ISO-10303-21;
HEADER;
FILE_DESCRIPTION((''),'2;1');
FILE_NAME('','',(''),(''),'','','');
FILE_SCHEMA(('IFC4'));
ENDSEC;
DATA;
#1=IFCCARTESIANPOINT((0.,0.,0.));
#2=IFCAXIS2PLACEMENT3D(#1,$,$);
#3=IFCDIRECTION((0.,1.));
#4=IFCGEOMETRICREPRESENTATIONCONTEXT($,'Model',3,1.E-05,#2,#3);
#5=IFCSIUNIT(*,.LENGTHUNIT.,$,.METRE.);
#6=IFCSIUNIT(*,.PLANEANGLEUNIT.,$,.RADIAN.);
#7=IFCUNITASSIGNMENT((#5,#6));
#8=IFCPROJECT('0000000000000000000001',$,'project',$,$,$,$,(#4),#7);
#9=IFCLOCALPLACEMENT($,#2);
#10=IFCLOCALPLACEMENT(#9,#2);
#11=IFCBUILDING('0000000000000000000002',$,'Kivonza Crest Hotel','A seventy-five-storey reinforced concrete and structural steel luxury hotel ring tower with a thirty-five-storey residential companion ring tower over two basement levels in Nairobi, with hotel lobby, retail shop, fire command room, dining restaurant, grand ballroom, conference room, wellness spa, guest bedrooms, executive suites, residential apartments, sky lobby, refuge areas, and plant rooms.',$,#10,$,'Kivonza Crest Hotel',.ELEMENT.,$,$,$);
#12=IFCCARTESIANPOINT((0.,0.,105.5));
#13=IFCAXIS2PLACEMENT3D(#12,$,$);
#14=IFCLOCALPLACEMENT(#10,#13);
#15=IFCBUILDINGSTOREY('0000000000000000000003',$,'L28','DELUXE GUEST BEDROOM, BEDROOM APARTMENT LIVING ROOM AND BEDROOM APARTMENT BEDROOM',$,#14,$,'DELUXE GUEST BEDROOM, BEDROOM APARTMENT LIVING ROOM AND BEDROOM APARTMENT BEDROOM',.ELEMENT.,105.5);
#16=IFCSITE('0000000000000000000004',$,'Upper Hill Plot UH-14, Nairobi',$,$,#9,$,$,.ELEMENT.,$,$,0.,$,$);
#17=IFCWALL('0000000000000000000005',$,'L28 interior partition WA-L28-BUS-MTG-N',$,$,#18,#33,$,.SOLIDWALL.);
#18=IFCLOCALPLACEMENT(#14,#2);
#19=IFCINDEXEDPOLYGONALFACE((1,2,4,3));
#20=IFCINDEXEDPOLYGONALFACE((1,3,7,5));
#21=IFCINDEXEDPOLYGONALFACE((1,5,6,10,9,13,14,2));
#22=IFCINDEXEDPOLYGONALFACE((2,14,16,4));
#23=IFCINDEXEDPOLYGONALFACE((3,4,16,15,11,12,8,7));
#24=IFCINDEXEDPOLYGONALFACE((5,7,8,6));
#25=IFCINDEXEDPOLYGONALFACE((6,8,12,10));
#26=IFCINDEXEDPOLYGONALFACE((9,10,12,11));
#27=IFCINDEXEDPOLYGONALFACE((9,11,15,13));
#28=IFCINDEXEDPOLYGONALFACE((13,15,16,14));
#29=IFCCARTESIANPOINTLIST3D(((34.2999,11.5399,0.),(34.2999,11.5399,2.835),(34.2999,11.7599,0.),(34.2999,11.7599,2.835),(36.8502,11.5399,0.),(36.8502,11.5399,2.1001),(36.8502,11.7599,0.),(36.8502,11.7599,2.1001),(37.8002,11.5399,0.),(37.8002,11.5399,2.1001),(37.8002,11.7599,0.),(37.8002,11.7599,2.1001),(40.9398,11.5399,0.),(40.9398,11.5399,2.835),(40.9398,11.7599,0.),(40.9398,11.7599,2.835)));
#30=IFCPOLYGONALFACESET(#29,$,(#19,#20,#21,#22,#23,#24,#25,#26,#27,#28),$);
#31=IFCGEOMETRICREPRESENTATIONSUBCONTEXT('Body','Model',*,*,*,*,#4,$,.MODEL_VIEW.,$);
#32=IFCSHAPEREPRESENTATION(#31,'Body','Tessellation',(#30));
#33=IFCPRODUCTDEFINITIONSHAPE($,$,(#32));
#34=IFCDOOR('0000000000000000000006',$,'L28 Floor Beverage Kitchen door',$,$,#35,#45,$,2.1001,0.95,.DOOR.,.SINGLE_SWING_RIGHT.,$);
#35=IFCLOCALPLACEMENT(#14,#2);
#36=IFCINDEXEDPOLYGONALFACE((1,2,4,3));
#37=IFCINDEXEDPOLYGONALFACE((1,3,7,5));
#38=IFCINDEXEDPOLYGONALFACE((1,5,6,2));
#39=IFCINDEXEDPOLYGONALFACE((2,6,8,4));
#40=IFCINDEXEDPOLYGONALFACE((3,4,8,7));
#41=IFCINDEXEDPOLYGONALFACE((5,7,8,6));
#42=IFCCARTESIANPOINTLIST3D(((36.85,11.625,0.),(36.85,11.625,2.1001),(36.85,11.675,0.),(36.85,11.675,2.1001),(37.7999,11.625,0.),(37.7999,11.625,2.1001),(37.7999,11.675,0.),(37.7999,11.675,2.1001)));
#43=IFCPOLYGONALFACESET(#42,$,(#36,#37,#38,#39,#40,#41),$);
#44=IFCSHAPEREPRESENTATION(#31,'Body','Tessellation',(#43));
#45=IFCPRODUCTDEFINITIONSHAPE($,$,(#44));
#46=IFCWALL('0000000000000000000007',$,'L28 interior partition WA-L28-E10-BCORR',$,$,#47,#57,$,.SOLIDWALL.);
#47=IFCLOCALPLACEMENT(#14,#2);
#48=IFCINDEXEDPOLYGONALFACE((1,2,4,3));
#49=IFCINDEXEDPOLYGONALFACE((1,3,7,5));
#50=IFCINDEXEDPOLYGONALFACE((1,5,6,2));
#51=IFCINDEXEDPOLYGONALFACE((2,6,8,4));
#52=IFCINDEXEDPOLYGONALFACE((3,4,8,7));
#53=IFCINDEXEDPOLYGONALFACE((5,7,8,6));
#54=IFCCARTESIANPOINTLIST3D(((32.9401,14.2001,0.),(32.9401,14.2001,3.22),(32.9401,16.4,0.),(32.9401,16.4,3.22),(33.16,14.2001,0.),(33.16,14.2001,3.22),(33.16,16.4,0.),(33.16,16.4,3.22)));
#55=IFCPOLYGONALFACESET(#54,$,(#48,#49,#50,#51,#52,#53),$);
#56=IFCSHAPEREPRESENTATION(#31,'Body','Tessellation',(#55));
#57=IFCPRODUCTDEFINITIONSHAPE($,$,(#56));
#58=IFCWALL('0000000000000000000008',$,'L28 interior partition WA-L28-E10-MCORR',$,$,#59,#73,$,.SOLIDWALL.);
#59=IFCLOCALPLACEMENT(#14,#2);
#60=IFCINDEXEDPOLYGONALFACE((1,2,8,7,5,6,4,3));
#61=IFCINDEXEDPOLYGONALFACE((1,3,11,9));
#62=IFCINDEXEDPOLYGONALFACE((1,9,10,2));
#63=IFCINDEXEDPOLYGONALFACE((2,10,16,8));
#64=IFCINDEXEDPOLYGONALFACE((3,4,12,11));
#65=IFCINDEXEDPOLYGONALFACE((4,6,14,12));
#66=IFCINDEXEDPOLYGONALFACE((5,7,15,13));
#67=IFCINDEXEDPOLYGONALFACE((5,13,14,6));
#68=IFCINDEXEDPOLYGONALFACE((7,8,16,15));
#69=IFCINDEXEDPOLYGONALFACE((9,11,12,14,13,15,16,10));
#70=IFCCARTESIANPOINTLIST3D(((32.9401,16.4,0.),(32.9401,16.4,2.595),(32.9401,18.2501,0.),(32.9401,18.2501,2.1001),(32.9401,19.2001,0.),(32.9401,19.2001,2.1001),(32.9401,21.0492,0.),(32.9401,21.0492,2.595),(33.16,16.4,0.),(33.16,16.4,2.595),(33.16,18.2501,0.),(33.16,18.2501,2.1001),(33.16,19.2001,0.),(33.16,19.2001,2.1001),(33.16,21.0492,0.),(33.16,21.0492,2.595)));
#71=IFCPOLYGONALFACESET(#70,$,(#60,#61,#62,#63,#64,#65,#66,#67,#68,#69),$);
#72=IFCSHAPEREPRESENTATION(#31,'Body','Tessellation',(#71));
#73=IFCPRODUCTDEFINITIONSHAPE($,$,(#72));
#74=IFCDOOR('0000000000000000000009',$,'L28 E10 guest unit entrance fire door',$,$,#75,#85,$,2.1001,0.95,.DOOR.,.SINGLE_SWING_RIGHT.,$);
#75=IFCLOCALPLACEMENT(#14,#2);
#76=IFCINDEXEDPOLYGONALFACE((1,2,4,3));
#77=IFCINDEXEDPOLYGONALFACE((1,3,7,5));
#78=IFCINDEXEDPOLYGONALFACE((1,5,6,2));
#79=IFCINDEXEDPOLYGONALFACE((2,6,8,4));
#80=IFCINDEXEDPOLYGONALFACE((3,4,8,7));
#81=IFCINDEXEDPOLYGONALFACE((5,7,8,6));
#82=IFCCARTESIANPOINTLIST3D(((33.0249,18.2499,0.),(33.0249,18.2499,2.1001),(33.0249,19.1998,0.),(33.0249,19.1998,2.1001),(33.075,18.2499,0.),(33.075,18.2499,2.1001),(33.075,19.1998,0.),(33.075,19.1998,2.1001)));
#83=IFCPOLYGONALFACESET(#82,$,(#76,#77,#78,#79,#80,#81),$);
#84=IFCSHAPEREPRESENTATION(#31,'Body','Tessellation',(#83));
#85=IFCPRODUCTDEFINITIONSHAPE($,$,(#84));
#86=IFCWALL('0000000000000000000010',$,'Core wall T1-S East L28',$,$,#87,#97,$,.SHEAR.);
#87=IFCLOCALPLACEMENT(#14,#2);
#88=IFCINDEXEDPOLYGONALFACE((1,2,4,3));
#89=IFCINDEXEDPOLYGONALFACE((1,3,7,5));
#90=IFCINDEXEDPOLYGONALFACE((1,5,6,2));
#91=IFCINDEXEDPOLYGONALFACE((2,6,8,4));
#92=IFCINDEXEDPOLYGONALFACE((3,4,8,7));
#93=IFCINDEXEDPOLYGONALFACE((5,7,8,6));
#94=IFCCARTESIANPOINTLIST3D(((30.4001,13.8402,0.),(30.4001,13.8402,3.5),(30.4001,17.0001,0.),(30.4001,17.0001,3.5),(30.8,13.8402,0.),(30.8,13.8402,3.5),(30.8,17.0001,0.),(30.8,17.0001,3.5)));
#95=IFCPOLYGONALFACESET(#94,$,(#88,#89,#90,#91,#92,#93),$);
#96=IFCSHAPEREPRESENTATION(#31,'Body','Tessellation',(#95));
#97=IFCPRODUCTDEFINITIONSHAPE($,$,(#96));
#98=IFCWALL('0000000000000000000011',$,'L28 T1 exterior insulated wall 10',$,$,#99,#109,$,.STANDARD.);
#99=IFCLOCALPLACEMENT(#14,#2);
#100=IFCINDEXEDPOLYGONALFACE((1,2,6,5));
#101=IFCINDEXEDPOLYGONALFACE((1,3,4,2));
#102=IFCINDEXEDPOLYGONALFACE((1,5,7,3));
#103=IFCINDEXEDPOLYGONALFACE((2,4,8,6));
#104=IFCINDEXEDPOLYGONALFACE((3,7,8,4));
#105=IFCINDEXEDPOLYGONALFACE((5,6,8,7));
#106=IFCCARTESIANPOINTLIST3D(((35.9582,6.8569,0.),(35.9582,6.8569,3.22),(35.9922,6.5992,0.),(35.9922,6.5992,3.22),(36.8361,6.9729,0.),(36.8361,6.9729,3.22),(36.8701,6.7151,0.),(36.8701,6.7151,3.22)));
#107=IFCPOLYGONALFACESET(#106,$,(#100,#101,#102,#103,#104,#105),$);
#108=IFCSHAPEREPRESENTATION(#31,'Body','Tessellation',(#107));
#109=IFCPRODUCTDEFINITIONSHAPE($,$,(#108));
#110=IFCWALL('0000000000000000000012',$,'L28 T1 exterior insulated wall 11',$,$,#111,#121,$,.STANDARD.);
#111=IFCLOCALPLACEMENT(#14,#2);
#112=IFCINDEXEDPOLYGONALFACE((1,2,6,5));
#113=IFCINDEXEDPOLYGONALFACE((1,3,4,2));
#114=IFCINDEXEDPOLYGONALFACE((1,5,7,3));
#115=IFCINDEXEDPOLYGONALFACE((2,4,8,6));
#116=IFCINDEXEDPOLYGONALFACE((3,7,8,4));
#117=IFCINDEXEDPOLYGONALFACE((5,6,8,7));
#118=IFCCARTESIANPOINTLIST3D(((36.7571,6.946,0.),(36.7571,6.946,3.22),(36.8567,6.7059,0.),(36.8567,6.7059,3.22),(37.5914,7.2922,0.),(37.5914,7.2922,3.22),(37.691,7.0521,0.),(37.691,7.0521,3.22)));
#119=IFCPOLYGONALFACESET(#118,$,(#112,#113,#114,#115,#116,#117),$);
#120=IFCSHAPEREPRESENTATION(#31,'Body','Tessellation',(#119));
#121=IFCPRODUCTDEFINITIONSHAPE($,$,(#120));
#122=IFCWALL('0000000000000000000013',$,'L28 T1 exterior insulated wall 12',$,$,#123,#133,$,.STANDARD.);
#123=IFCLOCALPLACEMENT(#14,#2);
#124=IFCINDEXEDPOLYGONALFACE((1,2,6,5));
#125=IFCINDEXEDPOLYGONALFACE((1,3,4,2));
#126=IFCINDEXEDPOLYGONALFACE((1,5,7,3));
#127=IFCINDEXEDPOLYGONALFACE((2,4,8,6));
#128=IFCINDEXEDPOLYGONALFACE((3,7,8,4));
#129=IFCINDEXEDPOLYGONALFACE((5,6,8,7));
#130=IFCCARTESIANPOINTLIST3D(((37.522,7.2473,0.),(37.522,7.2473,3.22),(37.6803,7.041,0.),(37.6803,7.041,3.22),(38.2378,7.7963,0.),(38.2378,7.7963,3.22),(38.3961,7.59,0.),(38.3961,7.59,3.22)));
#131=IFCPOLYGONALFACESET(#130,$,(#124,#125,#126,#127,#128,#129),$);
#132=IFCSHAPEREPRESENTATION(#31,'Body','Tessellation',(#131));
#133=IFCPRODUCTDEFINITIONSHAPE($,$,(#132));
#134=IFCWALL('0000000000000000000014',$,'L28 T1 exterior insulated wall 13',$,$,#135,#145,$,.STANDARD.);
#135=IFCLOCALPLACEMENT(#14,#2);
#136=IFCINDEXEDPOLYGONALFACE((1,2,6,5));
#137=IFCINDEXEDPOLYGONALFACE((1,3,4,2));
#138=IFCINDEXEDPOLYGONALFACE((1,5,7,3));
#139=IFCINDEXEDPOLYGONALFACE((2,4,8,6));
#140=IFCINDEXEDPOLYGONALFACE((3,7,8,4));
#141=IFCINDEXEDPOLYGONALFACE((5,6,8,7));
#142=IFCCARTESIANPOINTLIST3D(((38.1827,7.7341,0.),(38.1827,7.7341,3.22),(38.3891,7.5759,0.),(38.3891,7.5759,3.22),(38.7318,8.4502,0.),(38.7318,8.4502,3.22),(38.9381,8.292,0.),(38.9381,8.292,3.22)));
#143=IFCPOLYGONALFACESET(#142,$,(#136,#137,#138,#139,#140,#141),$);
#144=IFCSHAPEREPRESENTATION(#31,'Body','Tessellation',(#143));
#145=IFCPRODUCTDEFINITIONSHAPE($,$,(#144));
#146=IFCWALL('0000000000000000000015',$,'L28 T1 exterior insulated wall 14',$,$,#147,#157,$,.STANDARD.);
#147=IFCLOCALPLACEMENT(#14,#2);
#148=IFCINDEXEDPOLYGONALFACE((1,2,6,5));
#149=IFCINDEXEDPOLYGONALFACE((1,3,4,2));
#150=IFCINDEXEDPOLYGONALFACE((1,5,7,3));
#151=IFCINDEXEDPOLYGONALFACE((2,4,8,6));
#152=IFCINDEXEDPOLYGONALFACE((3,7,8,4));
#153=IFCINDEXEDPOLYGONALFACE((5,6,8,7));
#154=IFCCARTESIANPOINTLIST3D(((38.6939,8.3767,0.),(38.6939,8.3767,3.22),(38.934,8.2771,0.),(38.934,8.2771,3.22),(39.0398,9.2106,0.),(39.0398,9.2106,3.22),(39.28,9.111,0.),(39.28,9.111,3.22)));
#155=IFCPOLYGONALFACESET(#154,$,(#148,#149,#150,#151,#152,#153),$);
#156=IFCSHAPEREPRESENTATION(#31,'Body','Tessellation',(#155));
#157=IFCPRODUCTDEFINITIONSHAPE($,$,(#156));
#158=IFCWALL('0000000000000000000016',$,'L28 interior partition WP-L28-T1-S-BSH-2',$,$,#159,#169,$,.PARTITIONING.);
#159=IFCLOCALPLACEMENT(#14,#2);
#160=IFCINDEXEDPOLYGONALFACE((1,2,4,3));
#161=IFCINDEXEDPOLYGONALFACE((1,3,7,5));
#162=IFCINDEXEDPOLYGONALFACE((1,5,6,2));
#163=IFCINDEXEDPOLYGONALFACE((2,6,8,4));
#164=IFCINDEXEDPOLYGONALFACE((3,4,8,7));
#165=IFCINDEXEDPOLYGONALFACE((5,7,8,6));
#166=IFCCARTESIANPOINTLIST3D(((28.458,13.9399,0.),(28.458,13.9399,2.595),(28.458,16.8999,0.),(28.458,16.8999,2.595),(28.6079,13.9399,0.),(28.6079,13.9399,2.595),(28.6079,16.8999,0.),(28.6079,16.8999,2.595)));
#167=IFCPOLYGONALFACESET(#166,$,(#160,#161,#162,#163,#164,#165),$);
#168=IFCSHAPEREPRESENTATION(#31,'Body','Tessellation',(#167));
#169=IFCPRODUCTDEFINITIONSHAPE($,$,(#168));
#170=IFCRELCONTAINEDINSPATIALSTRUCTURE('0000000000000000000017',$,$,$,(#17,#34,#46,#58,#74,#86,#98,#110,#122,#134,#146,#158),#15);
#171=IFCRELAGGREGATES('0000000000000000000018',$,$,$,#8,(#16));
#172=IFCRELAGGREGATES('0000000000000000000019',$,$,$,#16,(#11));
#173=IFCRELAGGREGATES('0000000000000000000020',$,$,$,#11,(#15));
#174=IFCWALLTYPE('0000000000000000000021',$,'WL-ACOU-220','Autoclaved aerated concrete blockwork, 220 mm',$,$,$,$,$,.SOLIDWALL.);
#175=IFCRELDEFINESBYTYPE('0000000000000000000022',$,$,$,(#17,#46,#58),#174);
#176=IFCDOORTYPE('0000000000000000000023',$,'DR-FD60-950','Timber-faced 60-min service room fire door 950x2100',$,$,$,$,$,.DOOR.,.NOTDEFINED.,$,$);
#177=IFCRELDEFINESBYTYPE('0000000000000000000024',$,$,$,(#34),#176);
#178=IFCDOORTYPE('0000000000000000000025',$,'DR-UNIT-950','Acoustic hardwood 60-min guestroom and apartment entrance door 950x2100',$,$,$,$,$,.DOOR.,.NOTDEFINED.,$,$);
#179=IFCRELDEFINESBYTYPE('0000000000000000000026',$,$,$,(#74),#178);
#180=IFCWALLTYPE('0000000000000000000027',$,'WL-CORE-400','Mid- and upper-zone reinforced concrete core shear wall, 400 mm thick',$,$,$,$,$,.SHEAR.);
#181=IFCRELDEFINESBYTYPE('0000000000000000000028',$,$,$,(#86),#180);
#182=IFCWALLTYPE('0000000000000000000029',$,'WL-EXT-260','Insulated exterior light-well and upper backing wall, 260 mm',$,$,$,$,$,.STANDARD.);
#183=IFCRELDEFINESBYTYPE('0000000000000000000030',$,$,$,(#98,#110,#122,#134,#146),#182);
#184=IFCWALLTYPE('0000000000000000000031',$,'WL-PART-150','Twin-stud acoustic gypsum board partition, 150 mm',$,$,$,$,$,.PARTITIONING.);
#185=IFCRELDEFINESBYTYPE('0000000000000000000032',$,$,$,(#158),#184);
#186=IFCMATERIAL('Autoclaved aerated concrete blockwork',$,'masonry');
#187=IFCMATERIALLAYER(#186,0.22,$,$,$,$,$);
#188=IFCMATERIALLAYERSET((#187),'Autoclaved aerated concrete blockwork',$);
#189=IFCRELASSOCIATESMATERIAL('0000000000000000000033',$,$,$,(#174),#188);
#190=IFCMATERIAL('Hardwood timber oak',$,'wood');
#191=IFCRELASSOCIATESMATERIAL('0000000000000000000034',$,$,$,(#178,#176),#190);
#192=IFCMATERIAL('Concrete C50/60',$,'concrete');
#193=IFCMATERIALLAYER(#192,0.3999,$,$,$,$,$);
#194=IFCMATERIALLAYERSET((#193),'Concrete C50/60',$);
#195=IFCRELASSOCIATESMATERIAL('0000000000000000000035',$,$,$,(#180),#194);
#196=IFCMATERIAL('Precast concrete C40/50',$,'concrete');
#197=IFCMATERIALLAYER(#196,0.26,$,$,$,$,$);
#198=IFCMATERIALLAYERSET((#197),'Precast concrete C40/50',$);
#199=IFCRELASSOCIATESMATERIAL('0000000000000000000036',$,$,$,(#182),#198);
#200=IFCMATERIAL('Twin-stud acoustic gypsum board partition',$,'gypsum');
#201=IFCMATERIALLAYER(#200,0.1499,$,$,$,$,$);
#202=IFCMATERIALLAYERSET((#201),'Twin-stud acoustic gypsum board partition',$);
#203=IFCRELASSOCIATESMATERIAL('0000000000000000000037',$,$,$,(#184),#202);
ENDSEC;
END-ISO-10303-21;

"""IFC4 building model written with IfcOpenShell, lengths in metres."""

from ifc_helpers import new_model, si_unit, direction, frame, frame_2d, origin, place, context, subcontext, project, spatial, rectangle, extrude, material, layer, layer_set, type_object, element, fill, save


model = new_model("IFC4")

# Units and contexts
model_context = context("Model", 3, precision=1e-05, world=origin(), true_north=direction((0.0, 1.0)))
body_context = subcontext(model_context, "Body", "Model", "MODEL_VIEW")
ifc_project = project(units=[si_unit("LENGTHUNIT", "METRE"), si_unit("PLANEANGLEUNIT", "RADIAN")], contexts=[model_context])

# Site, building, storey
site_placement = place(None, origin())
site = spatial("IfcSite", under=ifc_project, at=site_placement, Name="Upper Hill Plot UH-14, Nairobi", CompositionType="ELEMENT", RefElevation=0.0)
building_placement = place(site_placement, origin())
building = spatial("IfcBuilding", under=site, at=building_placement, Name="Kivonza Crest Hotel", Description="A seventy-five-storey reinforced concrete and structural steel luxury hotel ring tower with a thirty-five-storey residential companion ring tower over two basement levels in Nairobi, with hotel lobby, retail shop, fire command room, dining restaurant, grand ballroom, conference room, wellness spa, guest bedrooms, executive suites, residential apartments, sky lobby, refuge areas, and plant rooms.", LongName="Kivonza Crest Hotel", CompositionType="ELEMENT")
storey_placement = place(building_placement, frame((0.0, 0.0, 105.5)))
storey = spatial("IfcBuildingStorey", under=building, at=storey_placement, Name="L28", Description="DELUXE GUEST BEDROOM, BEDROOM APARTMENT LIVING ROOM AND BEDROOM APARTMENT BEDROOM", LongName="DELUXE GUEST BEDROOM, BEDROOM APARTMENT LIVING ROOM AND BEDROOM APARTMENT BEDROOM", CompositionType="ELEMENT", Elevation=105.5)

# Wall, opening, door
ifc_material_1 = material(Name="Autoclaved aerated concrete blockwork", Category="masonry")
ifc_layer_1 = layer(ifc_material_1, 0.22)
ifc_layer_set_1 = layer_set([ifc_layer_1], Name="Autoclaved aerated concrete blockwork")
wall_type_1 = type_object("IfcWallType", Name="WL-ACOU-220", Description="Autoclaved aerated concrete blockwork, 220 mm", PredefinedType="SOLIDWALL", material=ifc_layer_set_1)
ifc_material_2 = material(Name="Hardwood timber oak", Category="wood")
door_type_1 = type_object("IfcDoorType", Name="DR-UNIT-950", Description="Acoustic hardwood 60-min guestroom and apartment entrance door 950x2100", OperationType="NOTDEFINED", PredefinedType="DOOR", material=ifc_material_2)
wall_1_placement = place(storey_placement, frame((34.3, 11.6499, 0.0), z_axis=(0.0, 0.0, 1.0), x_axis=(1.0, 0.0, 0.0)))
wall_1 = element("IfcWall", 1, at=wall_1_placement, inside=storey, type_object=wall_type_1, Name="L28 interior partition WA-L28-BUS-MTG-N", PredefinedType="SOLIDWALL", context=body_context, shape_type="SweptSolid", body=[
    extrude(rectangle(XDim=6.6399, YDim=0.22, at=frame_2d((3.3198, 0.0))), origin(), (0.0, 0.0, 1.0), 2.835),
])
opening_1_placement = place(wall_1_placement, frame((2.55, 0.0, 0.0)))
opening_1 = element("IfcOpeningElement", 2, at=opening_1_placement, cuts=wall_1, PredefinedType="OPENING", context=body_context, shape_type="SweptSolid", body=[
    extrude(rectangle(XDim=0.95, YDim=2.1001, at=frame_2d((0.4751, 1.05))), frame((0.0, 0.1201, 0.0), z_axis=(0.0, -1.0, 0.0), x_axis=(1.0, 0.0, 0.0)), (0.0, 0.0, 1.0), 0.24),
])
door_type_2 = type_object("IfcDoorType", Name="DR-FD60-950", Description="Timber-faced 60-min service room fire door 950x2100", OperationType="NOTDEFINED", PredefinedType="DOOR", material=ifc_material_2)
door_1_placement = place(opening_1_placement, frame((0.95, 0.0, 0.0), z_axis=(0.0, 0.0, 1.0), x_axis=(-1.0, 0.0, 0.0)))
door_1 = element("IfcDoor", 3, at=door_1_placement, inside=storey, type_object=door_type_2, Name="L28 Floor Beverage Kitchen door", OperationType="SINGLE_SWING_RIGHT", OverallHeight=2.1001, OverallWidth=0.95, PredefinedType="DOOR", context=body_context, shape_type="SweptSolid", body=[
    extrude(rectangle(XDim=0.95, YDim=2.1001, at=frame_2d((0.4751, 1.05))), frame((0.0, 0.0249, 0.0), z_axis=(0.0, -1.0, 0.0), x_axis=(1.0, 0.0, 0.0)), (0.0, 0.0, 1.0), 0.05),
])
fill(opening_1, door_1)

# Wall
wall_2_placement = place(storey_placement, frame((33.05, 14.2, 0.0), z_axis=(0.0, 0.0, 1.0), x_axis=(0.0, 1.0, 0.0)))
element("IfcWall", 4, at=wall_2_placement, inside=storey, type_object=wall_type_1, Name="L28 interior partition WA-L28-E10-BCORR", PredefinedType="SOLIDWALL", context=body_context, shape_type="SweptSolid", body=[
    extrude(rectangle(XDim=2.2, YDim=0.22, at=frame_2d((1.1001, 0.0))), origin(), (0.0, 0.0, 1.0), 3.22),
])

# Wall, opening, door
wall_3_placement = place(storey_placement, frame((33.05, 16.3999, 0.0), z_axis=(0.0, 0.0, 1.0), x_axis=(0.0, 1.0, 0.0)))
wall_3 = element("IfcWall", 5, at=wall_3_placement, inside=storey, type_object=wall_type_1, Name="L28 interior partition WA-L28-E10-MCORR", PredefinedType="SOLIDWALL", context=body_context, shape_type="SweptSolid", body=[
    extrude(rectangle(XDim=4.6492, YDim=0.22, at=frame_2d((2.3247, 0.0))), origin(), (0.0, 0.0, 1.0), 2.595),
])
opening_2_placement = place(wall_3_placement, frame((1.8501, 0.0, 0.0)))
opening_2 = element("IfcOpeningElement", 6, at=opening_2_placement, cuts=wall_3, PredefinedType="OPENING", context=body_context, shape_type="SweptSolid", body=[
    extrude(rectangle(XDim=0.95, YDim=2.1001, at=frame_2d((0.4751, 1.05))), frame((0.0, 0.1201, 0.0), z_axis=(0.0, -1.0, 0.0), x_axis=(1.0, 0.0, 0.0)), (0.0, 0.0, 1.0), 0.24),
])
door_2_placement = place(opening_2_placement, frame((0.95, 0.0, 0.0), z_axis=(0.0, 0.0, 1.0), x_axis=(-1.0, 0.0, 0.0)))
door_2 = element("IfcDoor", 7, at=door_2_placement, inside=storey, type_object=door_type_1, Name="L28 E10 guest unit entrance fire door", OperationType="SINGLE_SWING_RIGHT", OverallHeight=2.1001, OverallWidth=0.95, PredefinedType="DOOR", context=body_context, shape_type="SweptSolid", body=[
    extrude(rectangle(XDim=0.95, YDim=2.1001, at=frame_2d((0.4751, 1.05))), frame((0.0, 0.0249, 0.0), z_axis=(0.0, -1.0, 0.0), x_axis=(1.0, 0.0, 0.0)), (0.0, 0.0, 1.0), 0.05),
])
fill(opening_2, door_2)

# Walls
ifc_material_3 = material(Name="Concrete C50/60", Category="concrete")
ifc_layer_2 = layer(ifc_material_3, 0.3999)
ifc_layer_set_2 = layer_set([ifc_layer_2], Name="Concrete C50/60")
wall_type_2 = type_object("IfcWallType", Name="WL-CORE-400", Description="Mid- and upper-zone reinforced concrete core shear wall, 400 mm thick", PredefinedType="SHEAR", material=ifc_layer_set_2)
wall_4_placement = place(storey_placement, frame((30.6001, 13.8401, 0.0), z_axis=(0.0, 0.0, 1.0), x_axis=(0.0, 1.0, 0.0)))
element("IfcWall", 8, at=wall_4_placement, inside=storey, type_object=wall_type_2, Name="Core wall T1-S East L28", PredefinedType="SHEAR", context=body_context, shape_type="SweptSolid", body=[
    extrude(rectangle(XDim=3.1599, YDim=0.3999, at=frame_2d((1.5801, 0.0))), origin(), (0.0, 0.0, 1.0), 3.5),
])
ifc_material_4 = material(Name="Precast concrete C40/50", Category="concrete")
ifc_layer_3 = layer(ifc_material_4, 0.26)
ifc_layer_set_3 = layer_set([ifc_layer_3], Name="Precast concrete C40/50")
wall_type_3 = type_object("IfcWallType", Name="WL-EXT-260", Description="Insulated exterior light-well and upper backing wall, 260 mm", PredefinedType="STANDARD", material=ifc_layer_set_3)
wall_5_placement = place(storey_placement, frame((35.9751, 6.728, 0.0), z_axis=(0.0, 0.0, 1.0), x_axis=(0.991388, 0.130954, 0.0)))
element("IfcWall", 9, at=wall_5_placement, inside=storey, type_object=wall_type_3, Name="L28 T1 exterior insulated wall 10", PredefinedType="STANDARD", context=body_context, shape_type="SweptSolid", body=[
    extrude(rectangle(XDim=0.8855, YDim=0.26, at=frame_2d((0.4429, 0.0))), origin(), (0.0, 0.0, 1.0), 3.22),
])
wall_6_placement = place(storey_placement, frame((36.8069, 6.8259, 0.0), z_axis=(0.0, 0.0, 1.0), x_axis=(0.923628, 0.383291, 0.0)))
element("IfcWall", 10, at=wall_6_placement, inside=storey, type_object=wall_type_3, Name="L28 T1 exterior insulated wall 11", PredefinedType="STANDARD", context=body_context, shape_type="SweptSolid", body=[
    extrude(rectangle(XDim=0.9033, YDim=0.26, at=frame_2d((0.4517, 0.0))), origin(), (0.0, 0.0, 1.0), 3.22),
])
wall_7_placement = place(storey_placement, frame((37.6011, 7.144, 0.0), z_axis=(0.0, 0.0, 1.0), x_axis=(0.793458, 0.608625, 0.0)))
element("IfcWall", 11, at=wall_7_placement, inside=storey, type_object=wall_type_3, Name="L28 T1 exterior insulated wall 12", PredefinedType="STANDARD", context=body_context, shape_type="SweptSolid", body=[
    extrude(rectangle(XDim=0.9021, YDim=0.26, at=frame_2d((0.4512, 0.0))), origin(), (0.0, 0.0, 1.0), 3.22),
])
wall_8_placement = place(storey_placement, frame((38.2859, 7.655, 0.0), z_axis=(0.0, 0.0, 1.0), x_axis=(0.608494, 0.793558, 0.0)))
element("IfcWall", 12, at=wall_8_placement, inside=storey, type_object=wall_type_3, Name="L28 T1 exterior insulated wall 13", PredefinedType="STANDARD", context=body_context, shape_type="SweptSolid", body=[
    extrude(rectangle(XDim=0.9023, YDim=0.26, at=frame_2d((0.4512, 0.0))), origin(), (0.0, 0.0, 1.0), 3.22),
])
wall_9_placement = place(storey_placement, frame((38.814, 8.3269, 0.0), z_axis=(0.0, 0.0, 1.0), x_axis=(0.383156, 0.923684, 0.0)))
element("IfcWall", 13, at=wall_9_placement, inside=storey, type_object=wall_type_3, Name="L28 T1 exterior insulated wall 14", PredefinedType="STANDARD", context=body_context, shape_type="SweptSolid", body=[
    extrude(rectangle(XDim=0.9028, YDim=0.26, at=frame_2d((0.4514, 0.0))), origin(), (0.0, 0.0, 1.0), 3.22),
])
ifc_material_5 = material(Name="Twin-stud acoustic gypsum board partition", Category="gypsum")
ifc_layer_4 = layer(ifc_material_5, 0.1499)
ifc_layer_set_4 = layer_set([ifc_layer_4], Name="Twin-stud acoustic gypsum board partition")
wall_type_4 = type_object("IfcWallType", Name="WL-PART-150", Description="Twin-stud acoustic gypsum board partition, 150 mm", PredefinedType="PARTITIONING", material=ifc_layer_set_4)
wall_10_placement = place(storey_placement, frame((28.533, 13.9399, 0.0), z_axis=(0.0, 0.0, 1.0), x_axis=(0.0, 1.0, 0.0)))
element("IfcWall", 14, at=wall_10_placement, inside=storey, type_object=wall_type_4, Name="L28 interior partition WP-L28-T1-S-BSH-2", PredefinedType="PARTITIONING", context=body_context, shape_type="SweptSolid", body=[
    extrude(rectangle(XDim=2.96, YDim=0.1499, at=frame_2d((1.48, 0.0))), origin(), (0.0, 0.0, 1.0), 2.595),
])

save(model, "model.ifc")
